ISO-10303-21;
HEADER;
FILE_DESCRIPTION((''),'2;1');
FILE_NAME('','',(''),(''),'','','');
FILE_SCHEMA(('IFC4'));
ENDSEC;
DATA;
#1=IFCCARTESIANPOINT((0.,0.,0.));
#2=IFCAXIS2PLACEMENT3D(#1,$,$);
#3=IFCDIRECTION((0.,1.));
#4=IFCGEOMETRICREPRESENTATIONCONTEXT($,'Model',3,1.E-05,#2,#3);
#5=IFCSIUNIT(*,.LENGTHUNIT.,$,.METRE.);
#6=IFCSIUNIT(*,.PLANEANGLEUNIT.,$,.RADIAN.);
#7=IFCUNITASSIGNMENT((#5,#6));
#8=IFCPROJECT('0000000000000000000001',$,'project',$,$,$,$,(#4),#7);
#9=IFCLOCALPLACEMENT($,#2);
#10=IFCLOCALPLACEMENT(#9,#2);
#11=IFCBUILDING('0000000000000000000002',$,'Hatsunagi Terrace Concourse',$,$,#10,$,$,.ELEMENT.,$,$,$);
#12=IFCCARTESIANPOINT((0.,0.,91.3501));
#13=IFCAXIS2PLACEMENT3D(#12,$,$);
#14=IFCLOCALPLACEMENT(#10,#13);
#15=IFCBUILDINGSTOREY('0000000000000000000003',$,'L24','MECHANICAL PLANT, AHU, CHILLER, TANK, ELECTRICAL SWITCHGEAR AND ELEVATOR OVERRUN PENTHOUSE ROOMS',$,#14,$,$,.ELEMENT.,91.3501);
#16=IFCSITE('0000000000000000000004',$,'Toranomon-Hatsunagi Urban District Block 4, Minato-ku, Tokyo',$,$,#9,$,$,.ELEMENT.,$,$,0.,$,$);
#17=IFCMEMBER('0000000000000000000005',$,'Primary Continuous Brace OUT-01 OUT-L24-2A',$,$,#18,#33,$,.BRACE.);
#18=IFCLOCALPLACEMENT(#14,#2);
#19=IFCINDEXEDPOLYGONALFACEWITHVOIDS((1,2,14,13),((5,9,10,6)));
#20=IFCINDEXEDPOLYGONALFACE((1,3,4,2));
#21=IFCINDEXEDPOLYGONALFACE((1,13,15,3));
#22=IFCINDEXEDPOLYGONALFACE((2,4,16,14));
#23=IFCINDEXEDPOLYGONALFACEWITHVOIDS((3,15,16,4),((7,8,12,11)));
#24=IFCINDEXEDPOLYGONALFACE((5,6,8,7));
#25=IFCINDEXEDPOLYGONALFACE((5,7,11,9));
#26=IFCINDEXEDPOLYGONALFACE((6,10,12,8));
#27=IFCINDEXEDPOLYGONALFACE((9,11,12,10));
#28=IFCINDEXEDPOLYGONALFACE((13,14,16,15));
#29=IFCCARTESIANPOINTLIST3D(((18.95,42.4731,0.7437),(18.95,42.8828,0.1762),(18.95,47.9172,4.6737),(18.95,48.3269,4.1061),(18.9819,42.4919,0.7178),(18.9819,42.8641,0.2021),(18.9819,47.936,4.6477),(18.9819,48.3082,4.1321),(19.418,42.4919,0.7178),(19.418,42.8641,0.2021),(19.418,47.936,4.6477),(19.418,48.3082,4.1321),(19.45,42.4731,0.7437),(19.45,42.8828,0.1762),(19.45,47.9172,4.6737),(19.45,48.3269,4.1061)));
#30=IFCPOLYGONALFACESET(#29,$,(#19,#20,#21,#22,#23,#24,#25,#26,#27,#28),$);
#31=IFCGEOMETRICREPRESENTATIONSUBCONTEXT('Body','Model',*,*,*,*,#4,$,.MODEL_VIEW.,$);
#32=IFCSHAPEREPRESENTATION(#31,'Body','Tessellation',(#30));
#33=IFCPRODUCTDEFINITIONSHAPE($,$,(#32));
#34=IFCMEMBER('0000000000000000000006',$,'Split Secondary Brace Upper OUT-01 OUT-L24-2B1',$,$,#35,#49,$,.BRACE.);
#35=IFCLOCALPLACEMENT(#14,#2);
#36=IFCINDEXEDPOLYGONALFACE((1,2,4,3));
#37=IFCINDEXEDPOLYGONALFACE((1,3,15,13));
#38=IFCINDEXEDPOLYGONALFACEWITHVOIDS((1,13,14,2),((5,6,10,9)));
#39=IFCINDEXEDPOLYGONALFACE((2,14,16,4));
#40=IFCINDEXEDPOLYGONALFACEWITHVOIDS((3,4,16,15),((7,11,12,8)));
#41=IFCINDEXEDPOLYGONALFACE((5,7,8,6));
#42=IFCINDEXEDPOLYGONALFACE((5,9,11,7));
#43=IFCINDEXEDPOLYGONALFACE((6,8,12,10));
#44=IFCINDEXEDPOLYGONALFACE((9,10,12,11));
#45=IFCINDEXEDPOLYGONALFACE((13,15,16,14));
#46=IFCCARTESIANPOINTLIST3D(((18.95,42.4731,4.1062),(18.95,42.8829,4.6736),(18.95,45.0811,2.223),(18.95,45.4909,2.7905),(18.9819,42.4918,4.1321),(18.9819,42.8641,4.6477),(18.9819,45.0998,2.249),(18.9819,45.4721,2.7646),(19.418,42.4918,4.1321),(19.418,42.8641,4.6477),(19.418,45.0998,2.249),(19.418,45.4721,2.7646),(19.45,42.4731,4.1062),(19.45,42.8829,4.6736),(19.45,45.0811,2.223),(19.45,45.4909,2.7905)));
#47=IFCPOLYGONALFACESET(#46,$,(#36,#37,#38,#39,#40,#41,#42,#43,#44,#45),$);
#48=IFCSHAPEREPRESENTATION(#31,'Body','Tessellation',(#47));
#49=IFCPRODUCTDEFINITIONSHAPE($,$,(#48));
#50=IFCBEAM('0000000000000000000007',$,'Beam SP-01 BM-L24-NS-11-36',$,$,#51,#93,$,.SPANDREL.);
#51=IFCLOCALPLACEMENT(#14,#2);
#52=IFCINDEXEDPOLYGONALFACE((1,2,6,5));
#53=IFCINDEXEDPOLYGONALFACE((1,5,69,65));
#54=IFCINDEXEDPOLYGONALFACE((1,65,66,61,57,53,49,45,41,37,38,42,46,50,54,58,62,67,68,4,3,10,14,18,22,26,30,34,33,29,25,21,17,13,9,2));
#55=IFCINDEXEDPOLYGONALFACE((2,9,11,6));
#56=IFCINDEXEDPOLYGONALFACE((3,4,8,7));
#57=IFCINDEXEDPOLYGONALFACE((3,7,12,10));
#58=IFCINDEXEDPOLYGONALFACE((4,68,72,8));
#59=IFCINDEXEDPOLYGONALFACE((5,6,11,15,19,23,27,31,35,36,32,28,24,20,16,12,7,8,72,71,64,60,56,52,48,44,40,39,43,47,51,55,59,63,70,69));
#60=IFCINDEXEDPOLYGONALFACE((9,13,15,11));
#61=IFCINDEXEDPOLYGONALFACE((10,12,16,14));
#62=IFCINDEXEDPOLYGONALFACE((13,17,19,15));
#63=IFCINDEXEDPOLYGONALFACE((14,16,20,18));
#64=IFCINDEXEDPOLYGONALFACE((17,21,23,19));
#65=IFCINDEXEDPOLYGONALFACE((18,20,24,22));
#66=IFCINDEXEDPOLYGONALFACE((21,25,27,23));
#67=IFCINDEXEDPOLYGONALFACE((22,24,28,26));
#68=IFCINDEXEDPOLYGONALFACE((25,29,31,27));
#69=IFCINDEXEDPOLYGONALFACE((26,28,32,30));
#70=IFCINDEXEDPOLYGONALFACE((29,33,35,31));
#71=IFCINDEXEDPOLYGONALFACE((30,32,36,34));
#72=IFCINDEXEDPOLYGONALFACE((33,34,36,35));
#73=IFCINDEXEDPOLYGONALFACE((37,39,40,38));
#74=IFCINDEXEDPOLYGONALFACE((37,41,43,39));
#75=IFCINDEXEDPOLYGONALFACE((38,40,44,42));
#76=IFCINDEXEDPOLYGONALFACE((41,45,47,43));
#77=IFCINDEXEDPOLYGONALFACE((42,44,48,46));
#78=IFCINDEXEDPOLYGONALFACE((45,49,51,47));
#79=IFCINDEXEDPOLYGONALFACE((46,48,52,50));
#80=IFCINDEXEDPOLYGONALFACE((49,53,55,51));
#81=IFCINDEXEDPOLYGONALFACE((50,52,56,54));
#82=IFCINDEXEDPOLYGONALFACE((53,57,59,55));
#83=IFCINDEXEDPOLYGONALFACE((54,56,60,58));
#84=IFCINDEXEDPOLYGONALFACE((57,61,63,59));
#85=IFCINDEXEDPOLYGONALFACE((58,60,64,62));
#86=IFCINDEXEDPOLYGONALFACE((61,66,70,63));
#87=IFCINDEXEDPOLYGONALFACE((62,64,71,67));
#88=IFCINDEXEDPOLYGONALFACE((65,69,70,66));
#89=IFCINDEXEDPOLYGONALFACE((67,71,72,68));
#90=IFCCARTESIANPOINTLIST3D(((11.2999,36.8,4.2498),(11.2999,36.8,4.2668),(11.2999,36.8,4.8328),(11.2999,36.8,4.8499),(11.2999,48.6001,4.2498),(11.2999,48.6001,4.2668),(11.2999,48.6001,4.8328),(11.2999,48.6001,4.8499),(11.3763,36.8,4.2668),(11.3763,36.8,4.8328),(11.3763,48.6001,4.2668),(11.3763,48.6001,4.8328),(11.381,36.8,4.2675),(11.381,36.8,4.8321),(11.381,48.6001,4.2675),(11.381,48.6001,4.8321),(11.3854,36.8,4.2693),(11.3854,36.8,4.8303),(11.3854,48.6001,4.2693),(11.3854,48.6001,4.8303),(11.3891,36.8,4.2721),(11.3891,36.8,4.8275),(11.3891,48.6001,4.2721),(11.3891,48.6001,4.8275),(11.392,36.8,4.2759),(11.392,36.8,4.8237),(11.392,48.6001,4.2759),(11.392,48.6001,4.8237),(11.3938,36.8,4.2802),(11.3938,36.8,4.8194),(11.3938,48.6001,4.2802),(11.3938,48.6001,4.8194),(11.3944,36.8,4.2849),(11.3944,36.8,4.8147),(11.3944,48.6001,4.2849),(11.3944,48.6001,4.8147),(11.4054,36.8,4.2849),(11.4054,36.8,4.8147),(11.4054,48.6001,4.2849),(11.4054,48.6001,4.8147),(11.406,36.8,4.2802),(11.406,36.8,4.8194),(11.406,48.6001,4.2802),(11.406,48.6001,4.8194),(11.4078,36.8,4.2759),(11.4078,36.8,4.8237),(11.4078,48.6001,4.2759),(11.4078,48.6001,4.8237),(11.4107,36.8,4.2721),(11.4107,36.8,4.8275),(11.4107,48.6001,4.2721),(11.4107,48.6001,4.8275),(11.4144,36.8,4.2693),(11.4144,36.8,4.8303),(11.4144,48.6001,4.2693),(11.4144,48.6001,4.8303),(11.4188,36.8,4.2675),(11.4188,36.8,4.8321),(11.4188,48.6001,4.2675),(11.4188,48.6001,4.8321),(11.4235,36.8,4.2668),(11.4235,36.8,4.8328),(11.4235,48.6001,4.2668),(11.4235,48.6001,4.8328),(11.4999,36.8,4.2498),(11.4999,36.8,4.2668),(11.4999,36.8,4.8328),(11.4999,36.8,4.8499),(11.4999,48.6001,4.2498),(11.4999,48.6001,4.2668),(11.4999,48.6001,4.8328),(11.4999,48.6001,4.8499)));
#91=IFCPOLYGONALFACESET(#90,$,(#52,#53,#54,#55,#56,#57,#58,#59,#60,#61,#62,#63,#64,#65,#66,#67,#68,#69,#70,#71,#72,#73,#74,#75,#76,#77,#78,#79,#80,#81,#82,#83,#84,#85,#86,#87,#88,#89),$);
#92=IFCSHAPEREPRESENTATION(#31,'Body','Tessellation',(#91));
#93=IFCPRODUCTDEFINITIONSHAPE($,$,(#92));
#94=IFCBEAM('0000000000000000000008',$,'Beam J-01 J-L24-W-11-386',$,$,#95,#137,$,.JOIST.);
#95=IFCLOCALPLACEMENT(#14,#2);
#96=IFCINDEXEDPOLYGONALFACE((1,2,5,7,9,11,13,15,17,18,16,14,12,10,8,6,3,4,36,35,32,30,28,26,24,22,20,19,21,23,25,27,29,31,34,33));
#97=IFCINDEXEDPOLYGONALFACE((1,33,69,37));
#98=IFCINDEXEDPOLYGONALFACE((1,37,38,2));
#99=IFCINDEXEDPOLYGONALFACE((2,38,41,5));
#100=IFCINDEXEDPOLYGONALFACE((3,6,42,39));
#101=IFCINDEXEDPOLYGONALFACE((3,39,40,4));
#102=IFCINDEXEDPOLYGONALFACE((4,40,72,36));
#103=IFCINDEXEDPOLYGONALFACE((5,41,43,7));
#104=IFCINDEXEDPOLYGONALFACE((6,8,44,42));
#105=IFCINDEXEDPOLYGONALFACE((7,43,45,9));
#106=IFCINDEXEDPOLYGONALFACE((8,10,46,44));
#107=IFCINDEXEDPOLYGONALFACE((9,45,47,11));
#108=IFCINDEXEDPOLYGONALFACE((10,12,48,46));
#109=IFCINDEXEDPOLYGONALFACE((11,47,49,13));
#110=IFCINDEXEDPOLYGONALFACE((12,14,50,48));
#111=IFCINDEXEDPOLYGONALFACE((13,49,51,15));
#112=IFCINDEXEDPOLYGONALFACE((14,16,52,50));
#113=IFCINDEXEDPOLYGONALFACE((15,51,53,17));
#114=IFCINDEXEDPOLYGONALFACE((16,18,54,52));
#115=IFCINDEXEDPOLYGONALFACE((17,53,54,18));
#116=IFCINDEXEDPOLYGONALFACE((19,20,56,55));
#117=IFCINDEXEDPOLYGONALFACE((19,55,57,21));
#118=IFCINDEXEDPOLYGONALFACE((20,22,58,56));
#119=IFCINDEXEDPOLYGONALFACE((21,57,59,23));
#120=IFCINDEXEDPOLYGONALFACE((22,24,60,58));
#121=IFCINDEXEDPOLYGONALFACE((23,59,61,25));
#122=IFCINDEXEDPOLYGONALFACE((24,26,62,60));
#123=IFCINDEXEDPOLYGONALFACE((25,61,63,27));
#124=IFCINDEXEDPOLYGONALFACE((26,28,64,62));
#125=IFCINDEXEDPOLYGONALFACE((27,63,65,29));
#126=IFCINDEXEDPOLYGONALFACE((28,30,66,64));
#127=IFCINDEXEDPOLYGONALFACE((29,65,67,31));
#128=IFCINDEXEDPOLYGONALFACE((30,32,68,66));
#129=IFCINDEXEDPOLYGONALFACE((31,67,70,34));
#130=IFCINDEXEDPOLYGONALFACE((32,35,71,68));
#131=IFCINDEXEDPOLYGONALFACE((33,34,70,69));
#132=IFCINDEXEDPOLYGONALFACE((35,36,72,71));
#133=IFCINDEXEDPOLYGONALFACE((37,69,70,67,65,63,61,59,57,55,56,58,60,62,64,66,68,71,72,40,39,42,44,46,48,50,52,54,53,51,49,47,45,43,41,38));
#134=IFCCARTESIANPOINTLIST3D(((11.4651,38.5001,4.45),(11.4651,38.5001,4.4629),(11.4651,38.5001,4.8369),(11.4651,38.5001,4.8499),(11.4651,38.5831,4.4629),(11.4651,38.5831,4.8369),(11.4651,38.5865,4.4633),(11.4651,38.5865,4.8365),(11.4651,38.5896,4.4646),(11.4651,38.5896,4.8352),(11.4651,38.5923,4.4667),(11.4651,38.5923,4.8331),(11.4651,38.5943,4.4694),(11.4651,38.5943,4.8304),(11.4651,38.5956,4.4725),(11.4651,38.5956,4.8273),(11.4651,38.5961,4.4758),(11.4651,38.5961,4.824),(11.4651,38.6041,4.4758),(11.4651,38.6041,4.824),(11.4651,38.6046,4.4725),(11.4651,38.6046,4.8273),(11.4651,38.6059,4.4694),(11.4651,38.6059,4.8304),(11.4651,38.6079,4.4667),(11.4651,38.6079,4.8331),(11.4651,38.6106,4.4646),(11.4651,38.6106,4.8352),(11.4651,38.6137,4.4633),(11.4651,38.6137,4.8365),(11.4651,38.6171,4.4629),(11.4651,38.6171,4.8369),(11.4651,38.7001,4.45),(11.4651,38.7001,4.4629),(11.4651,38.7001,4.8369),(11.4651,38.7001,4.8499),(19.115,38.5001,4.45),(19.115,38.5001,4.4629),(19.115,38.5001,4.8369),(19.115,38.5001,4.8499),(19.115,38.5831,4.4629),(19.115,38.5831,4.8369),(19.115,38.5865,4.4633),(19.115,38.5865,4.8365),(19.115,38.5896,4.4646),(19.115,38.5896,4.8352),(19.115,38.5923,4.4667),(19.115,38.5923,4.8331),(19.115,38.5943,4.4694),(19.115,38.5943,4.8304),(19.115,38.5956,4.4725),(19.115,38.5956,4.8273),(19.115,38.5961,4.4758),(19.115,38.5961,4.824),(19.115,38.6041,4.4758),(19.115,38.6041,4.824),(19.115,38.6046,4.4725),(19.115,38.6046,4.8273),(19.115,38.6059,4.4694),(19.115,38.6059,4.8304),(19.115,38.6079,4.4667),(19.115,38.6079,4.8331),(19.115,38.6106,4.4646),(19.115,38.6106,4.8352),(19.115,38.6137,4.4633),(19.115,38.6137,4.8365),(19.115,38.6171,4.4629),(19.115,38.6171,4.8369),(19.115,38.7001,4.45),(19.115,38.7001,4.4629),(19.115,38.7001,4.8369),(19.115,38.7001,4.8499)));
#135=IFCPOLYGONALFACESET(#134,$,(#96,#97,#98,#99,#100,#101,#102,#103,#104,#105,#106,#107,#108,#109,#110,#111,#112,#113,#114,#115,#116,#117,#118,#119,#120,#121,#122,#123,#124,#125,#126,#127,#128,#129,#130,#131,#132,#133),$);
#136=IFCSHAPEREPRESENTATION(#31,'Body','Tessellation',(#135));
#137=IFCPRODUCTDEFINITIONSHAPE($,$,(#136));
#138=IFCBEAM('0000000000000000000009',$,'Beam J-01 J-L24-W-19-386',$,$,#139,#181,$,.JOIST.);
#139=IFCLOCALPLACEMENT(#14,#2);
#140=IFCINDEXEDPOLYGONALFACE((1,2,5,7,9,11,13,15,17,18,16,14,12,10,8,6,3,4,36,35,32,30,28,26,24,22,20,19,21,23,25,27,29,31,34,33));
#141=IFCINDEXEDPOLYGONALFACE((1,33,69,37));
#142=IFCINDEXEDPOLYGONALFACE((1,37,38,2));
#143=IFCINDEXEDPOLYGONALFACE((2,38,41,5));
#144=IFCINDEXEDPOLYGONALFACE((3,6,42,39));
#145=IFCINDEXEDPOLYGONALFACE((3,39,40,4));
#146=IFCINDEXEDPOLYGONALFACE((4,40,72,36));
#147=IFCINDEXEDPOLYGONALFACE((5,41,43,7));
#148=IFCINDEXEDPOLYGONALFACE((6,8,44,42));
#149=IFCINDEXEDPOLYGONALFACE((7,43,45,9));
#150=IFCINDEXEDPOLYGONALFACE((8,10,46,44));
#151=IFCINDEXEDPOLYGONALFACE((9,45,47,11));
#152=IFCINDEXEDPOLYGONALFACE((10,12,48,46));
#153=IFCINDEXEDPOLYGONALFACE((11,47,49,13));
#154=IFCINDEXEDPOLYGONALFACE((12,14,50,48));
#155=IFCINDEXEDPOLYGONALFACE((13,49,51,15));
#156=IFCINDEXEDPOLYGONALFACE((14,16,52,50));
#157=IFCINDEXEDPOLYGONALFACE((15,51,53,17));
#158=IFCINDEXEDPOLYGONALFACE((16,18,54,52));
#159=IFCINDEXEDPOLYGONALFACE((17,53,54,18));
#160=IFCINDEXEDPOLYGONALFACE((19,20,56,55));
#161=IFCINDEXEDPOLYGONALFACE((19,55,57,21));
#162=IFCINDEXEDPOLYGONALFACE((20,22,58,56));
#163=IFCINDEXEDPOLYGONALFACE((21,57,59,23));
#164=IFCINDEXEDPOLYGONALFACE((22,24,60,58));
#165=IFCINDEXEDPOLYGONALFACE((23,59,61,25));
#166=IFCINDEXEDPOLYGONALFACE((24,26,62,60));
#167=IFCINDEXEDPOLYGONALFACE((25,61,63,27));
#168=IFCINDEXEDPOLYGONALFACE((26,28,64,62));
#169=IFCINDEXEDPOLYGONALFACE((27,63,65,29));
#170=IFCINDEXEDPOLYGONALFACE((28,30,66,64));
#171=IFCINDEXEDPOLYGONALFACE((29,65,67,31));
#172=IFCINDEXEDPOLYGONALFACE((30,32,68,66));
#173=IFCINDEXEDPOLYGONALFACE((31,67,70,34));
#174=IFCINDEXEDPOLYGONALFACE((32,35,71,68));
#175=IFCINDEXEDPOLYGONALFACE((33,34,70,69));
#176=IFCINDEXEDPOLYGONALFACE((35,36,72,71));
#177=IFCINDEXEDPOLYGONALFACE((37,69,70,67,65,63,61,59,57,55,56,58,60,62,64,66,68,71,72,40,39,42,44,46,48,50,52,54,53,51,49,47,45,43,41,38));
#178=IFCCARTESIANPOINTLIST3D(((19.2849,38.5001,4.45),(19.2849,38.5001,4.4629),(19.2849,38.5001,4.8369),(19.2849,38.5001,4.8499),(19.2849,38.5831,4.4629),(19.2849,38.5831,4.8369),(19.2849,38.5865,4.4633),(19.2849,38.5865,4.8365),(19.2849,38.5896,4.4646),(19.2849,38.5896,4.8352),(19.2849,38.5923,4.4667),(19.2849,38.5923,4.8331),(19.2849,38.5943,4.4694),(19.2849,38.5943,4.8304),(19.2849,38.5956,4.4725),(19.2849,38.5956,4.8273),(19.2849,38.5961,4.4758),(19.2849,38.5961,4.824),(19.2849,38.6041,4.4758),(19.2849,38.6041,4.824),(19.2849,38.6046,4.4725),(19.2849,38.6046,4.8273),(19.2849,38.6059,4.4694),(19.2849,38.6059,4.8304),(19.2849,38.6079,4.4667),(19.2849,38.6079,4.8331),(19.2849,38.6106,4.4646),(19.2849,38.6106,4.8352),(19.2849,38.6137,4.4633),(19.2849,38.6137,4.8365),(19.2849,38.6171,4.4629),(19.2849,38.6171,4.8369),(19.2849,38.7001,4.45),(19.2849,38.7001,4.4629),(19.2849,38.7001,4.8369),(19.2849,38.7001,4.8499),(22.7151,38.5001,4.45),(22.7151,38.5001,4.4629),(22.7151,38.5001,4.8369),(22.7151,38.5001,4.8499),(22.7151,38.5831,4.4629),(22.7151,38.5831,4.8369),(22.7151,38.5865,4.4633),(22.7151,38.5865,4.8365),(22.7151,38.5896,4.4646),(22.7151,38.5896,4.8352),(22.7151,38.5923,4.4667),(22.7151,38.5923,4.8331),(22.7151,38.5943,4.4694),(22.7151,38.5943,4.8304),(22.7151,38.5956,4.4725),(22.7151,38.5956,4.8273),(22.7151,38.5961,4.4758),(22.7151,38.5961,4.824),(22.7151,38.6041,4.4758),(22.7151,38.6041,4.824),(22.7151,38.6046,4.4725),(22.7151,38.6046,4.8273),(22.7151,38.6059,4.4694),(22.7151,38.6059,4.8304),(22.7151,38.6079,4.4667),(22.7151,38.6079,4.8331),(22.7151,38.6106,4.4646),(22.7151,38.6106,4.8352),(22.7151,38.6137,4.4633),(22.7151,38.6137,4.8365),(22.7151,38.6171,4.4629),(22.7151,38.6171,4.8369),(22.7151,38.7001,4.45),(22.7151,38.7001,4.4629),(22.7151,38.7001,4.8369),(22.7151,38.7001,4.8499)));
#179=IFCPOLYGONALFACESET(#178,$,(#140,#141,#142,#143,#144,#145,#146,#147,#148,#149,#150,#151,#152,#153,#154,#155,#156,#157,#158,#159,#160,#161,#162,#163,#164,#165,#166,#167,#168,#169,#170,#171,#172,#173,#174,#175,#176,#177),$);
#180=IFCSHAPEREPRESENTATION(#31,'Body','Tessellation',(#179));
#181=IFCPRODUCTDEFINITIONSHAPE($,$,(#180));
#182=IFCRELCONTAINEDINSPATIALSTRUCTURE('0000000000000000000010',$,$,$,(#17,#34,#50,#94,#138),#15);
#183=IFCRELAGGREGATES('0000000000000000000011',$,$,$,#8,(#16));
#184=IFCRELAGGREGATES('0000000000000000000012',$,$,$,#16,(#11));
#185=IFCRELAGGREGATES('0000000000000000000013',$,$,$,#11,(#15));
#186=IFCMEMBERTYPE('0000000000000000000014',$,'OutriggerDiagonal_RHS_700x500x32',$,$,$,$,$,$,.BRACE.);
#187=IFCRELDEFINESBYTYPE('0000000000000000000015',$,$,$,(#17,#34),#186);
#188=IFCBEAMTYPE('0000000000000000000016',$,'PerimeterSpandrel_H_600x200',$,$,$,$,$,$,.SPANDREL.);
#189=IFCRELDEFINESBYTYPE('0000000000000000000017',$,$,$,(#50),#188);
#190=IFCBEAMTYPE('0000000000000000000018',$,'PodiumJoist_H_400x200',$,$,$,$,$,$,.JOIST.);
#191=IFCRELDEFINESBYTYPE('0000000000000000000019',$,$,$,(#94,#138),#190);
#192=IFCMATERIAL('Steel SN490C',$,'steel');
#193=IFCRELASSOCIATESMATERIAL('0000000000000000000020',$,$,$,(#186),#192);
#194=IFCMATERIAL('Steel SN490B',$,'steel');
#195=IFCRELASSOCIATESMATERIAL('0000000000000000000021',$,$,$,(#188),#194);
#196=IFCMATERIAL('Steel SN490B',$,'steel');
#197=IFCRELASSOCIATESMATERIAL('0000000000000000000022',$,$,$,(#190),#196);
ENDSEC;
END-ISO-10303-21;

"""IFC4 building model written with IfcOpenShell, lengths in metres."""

from ifc_helpers import new_model, si_unit, direction, frame, origin, origin_2d, place, context, subcontext, project, spatial, hollow_rectangle, i_section, extrude, material, material_profile, profile_set, type_object, element, save


model = new_model("IFC4")

# Units and contexts
model_context = context("Model", 3, precision=1e-05, world=origin(), true_north=direction((0.0, 1.0)))
body_context = subcontext(model_context, "Body", "Model", "MODEL_VIEW")
ifc_project = project(units=[si_unit("LENGTHUNIT", "METRE"), si_unit("PLANEANGLEUNIT", "RADIAN")], contexts=[model_context])

# Site, building, storey
site_placement = place(None, origin())
site = spatial("IfcSite", under=ifc_project, at=site_placement, Name="Toranomon-Hatsunagi Urban District Block 4, Minato-ku, Tokyo", CompositionType="ELEMENT", RefElevation=0.0)
building_placement = place(site_placement, origin())
building = spatial("IfcBuilding", under=site, at=building_placement, Name="Hatsunagi Terrace Concourse", CompositionType="ELEMENT")
storey_placement = place(building_placement, frame((0.0, 0.0, 91.3501)))
storey = spatial("IfcBuildingStorey", under=building, at=storey_placement, Name="L24", Description="MECHANICAL PLANT, AHU, CHILLER, TANK, ELECTRICAL SWITCHGEAR AND ELEVATOR OVERRUN PENTHOUSE ROOMS", CompositionType="ELEMENT", Elevation=91.3501)

# Members
ifc_material_1 = material(Name="Steel SN490C", Category="steel")
ifc_material_profile_1 = material_profile(ifc_material_1, hollow_rectangle(XDim=0.5, YDim=0.7, WallThickness=0.032, at=origin_2d()), Name="RHS-700x500x32")
ifc_profile_set_1 = profile_set([ifc_material_profile_1], Name="Steel SN490C")
member_type_1 = type_object("IfcMemberType", Name="OutriggerDiagonal_RHS_700x500x32", PredefinedType="BRACE", material=ifc_profile_set_1)
member_1_placement = place(storey_placement, frame((19.2, 42.678, 0.46), z_axis=(0.0, 0.810814, 0.585303), x_axis=(-1.0, 0.0, 0.0)))
element("IfcMember", 1, at=member_1_placement, inside=storey, type_object=member_type_1, Name="Primary Continuous Brace OUT-01 OUT-L24-2A", PredefinedType="BRACE", context=body_context, shape_type="SweptSolid", body=[
    extrude(hollow_rectangle(XDim=0.5, YDim=0.7, WallThickness=0.032, at=origin_2d()), origin(), (0.0, 0.0, 1.0), 6.7144),
])
member_2_placement = place(storey_placement, frame((19.2, 42.678, 4.3899), z_axis=(0.0, 0.810743, -0.585402), x_axis=(-1.0, 0.0, 0.0)))
element("IfcMember", 2, at=member_2_placement, inside=storey, type_object=member_type_1, Name="Split Secondary Brace Upper OUT-01 OUT-L24-2B1", PredefinedType="BRACE", context=body_context, shape_type="SweptSolid", body=[
    extrude(hollow_rectangle(XDim=0.5, YDim=0.7, WallThickness=0.032, at=origin_2d()), origin(), (0.0, 0.0, 1.0), 3.2168),
])

# Beams
ifc_material_2 = material(Name="Steel SN490B", Category="steel")
ifc_material_profile_2 = material_profile(ifc_material_2, i_section(OverallWidth=0.2, OverallDepth=0.6001, WebThickness=0.011, FlangeThickness=0.0171, FilletRadius=0.0181, at=origin_2d()), Name="H-600x200x11x17")
ifc_profile_set_2 = profile_set([ifc_material_profile_2], Name="Steel SN490B")
beam_type_1 = type_object("IfcBeamType", Name="PerimeterSpandrel_H_600x200", PredefinedType="SPANDREL", material=ifc_profile_set_2)
beam_1_placement = place(storey_placement, frame((11.3999, 36.8, 4.5498), z_axis=(0.0, 1.0, 0.0), x_axis=(-1.0, 0.0, 0.0)))
element("IfcBeam", 3, at=beam_1_placement, inside=storey, type_object=beam_type_1, Name="Beam SP-01 BM-L24-NS-11-36", PredefinedType="SPANDREL", context=body_context, shape_type="SweptSolid", body=[
    extrude(i_section(OverallWidth=0.2, OverallDepth=0.6001, WebThickness=0.011, FlangeThickness=0.0171, FilletRadius=0.0181, at=origin_2d()), origin(), (0.0, 0.0, 1.0), 11.8),
])
ifc_material_3 = material(Name="Steel SN490B", Category="steel")
ifc_material_profile_3 = material_profile(ifc_material_3, i_section(OverallWidth=0.2, OverallDepth=0.3999, WebThickness=0.0081, FlangeThickness=0.0129, FilletRadius=0.0129, at=origin_2d()), Name="H-400x200x8x13")
ifc_profile_set_3 = profile_set([ifc_material_profile_3], Name="Steel SN490B")
beam_type_2 = type_object("IfcBeamType", Name="PodiumJoist_H_400x200", PredefinedType="JOIST", material=ifc_profile_set_3)
beam_2_placement = place(storey_placement, frame((11.4651, 38.6001, 4.6499), z_axis=(1.0, 0.0, 0.0), x_axis=(0.0, 1.0, 0.0)))
element("IfcBeam", 4, at=beam_2_placement, inside=storey, type_object=beam_type_2, Name="Beam J-01 J-L24-W-11-386", PredefinedType="JOIST", context=body_context, shape_type="SweptSolid", body=[
    extrude(i_section(OverallWidth=0.2, OverallDepth=0.3999, WebThickness=0.0081, FlangeThickness=0.0129, FilletRadius=0.0129, at=origin_2d()), origin(), (0.0, 0.0, 1.0), 7.6499),
])
beam_3_placement = place(storey_placement, frame((19.2849, 38.6001, 4.6499), z_axis=(1.0, 0.0, 0.0), x_axis=(0.0, 1.0, 0.0)))
element("IfcBeam", 5, at=beam_3_placement, inside=storey, type_object=beam_type_2, Name="Beam J-01 J-L24-W-19-386", PredefinedType="JOIST", context=body_context, shape_type="SweptSolid", body=[
    extrude(i_section(OverallWidth=0.2, OverallDepth=0.3999, WebThickness=0.0081, FlangeThickness=0.0129, FilletRadius=0.0129, at=origin_2d()), origin(), (0.0, 0.0, 1.0), 3.4302),
])

save(model, "model.ifc")
